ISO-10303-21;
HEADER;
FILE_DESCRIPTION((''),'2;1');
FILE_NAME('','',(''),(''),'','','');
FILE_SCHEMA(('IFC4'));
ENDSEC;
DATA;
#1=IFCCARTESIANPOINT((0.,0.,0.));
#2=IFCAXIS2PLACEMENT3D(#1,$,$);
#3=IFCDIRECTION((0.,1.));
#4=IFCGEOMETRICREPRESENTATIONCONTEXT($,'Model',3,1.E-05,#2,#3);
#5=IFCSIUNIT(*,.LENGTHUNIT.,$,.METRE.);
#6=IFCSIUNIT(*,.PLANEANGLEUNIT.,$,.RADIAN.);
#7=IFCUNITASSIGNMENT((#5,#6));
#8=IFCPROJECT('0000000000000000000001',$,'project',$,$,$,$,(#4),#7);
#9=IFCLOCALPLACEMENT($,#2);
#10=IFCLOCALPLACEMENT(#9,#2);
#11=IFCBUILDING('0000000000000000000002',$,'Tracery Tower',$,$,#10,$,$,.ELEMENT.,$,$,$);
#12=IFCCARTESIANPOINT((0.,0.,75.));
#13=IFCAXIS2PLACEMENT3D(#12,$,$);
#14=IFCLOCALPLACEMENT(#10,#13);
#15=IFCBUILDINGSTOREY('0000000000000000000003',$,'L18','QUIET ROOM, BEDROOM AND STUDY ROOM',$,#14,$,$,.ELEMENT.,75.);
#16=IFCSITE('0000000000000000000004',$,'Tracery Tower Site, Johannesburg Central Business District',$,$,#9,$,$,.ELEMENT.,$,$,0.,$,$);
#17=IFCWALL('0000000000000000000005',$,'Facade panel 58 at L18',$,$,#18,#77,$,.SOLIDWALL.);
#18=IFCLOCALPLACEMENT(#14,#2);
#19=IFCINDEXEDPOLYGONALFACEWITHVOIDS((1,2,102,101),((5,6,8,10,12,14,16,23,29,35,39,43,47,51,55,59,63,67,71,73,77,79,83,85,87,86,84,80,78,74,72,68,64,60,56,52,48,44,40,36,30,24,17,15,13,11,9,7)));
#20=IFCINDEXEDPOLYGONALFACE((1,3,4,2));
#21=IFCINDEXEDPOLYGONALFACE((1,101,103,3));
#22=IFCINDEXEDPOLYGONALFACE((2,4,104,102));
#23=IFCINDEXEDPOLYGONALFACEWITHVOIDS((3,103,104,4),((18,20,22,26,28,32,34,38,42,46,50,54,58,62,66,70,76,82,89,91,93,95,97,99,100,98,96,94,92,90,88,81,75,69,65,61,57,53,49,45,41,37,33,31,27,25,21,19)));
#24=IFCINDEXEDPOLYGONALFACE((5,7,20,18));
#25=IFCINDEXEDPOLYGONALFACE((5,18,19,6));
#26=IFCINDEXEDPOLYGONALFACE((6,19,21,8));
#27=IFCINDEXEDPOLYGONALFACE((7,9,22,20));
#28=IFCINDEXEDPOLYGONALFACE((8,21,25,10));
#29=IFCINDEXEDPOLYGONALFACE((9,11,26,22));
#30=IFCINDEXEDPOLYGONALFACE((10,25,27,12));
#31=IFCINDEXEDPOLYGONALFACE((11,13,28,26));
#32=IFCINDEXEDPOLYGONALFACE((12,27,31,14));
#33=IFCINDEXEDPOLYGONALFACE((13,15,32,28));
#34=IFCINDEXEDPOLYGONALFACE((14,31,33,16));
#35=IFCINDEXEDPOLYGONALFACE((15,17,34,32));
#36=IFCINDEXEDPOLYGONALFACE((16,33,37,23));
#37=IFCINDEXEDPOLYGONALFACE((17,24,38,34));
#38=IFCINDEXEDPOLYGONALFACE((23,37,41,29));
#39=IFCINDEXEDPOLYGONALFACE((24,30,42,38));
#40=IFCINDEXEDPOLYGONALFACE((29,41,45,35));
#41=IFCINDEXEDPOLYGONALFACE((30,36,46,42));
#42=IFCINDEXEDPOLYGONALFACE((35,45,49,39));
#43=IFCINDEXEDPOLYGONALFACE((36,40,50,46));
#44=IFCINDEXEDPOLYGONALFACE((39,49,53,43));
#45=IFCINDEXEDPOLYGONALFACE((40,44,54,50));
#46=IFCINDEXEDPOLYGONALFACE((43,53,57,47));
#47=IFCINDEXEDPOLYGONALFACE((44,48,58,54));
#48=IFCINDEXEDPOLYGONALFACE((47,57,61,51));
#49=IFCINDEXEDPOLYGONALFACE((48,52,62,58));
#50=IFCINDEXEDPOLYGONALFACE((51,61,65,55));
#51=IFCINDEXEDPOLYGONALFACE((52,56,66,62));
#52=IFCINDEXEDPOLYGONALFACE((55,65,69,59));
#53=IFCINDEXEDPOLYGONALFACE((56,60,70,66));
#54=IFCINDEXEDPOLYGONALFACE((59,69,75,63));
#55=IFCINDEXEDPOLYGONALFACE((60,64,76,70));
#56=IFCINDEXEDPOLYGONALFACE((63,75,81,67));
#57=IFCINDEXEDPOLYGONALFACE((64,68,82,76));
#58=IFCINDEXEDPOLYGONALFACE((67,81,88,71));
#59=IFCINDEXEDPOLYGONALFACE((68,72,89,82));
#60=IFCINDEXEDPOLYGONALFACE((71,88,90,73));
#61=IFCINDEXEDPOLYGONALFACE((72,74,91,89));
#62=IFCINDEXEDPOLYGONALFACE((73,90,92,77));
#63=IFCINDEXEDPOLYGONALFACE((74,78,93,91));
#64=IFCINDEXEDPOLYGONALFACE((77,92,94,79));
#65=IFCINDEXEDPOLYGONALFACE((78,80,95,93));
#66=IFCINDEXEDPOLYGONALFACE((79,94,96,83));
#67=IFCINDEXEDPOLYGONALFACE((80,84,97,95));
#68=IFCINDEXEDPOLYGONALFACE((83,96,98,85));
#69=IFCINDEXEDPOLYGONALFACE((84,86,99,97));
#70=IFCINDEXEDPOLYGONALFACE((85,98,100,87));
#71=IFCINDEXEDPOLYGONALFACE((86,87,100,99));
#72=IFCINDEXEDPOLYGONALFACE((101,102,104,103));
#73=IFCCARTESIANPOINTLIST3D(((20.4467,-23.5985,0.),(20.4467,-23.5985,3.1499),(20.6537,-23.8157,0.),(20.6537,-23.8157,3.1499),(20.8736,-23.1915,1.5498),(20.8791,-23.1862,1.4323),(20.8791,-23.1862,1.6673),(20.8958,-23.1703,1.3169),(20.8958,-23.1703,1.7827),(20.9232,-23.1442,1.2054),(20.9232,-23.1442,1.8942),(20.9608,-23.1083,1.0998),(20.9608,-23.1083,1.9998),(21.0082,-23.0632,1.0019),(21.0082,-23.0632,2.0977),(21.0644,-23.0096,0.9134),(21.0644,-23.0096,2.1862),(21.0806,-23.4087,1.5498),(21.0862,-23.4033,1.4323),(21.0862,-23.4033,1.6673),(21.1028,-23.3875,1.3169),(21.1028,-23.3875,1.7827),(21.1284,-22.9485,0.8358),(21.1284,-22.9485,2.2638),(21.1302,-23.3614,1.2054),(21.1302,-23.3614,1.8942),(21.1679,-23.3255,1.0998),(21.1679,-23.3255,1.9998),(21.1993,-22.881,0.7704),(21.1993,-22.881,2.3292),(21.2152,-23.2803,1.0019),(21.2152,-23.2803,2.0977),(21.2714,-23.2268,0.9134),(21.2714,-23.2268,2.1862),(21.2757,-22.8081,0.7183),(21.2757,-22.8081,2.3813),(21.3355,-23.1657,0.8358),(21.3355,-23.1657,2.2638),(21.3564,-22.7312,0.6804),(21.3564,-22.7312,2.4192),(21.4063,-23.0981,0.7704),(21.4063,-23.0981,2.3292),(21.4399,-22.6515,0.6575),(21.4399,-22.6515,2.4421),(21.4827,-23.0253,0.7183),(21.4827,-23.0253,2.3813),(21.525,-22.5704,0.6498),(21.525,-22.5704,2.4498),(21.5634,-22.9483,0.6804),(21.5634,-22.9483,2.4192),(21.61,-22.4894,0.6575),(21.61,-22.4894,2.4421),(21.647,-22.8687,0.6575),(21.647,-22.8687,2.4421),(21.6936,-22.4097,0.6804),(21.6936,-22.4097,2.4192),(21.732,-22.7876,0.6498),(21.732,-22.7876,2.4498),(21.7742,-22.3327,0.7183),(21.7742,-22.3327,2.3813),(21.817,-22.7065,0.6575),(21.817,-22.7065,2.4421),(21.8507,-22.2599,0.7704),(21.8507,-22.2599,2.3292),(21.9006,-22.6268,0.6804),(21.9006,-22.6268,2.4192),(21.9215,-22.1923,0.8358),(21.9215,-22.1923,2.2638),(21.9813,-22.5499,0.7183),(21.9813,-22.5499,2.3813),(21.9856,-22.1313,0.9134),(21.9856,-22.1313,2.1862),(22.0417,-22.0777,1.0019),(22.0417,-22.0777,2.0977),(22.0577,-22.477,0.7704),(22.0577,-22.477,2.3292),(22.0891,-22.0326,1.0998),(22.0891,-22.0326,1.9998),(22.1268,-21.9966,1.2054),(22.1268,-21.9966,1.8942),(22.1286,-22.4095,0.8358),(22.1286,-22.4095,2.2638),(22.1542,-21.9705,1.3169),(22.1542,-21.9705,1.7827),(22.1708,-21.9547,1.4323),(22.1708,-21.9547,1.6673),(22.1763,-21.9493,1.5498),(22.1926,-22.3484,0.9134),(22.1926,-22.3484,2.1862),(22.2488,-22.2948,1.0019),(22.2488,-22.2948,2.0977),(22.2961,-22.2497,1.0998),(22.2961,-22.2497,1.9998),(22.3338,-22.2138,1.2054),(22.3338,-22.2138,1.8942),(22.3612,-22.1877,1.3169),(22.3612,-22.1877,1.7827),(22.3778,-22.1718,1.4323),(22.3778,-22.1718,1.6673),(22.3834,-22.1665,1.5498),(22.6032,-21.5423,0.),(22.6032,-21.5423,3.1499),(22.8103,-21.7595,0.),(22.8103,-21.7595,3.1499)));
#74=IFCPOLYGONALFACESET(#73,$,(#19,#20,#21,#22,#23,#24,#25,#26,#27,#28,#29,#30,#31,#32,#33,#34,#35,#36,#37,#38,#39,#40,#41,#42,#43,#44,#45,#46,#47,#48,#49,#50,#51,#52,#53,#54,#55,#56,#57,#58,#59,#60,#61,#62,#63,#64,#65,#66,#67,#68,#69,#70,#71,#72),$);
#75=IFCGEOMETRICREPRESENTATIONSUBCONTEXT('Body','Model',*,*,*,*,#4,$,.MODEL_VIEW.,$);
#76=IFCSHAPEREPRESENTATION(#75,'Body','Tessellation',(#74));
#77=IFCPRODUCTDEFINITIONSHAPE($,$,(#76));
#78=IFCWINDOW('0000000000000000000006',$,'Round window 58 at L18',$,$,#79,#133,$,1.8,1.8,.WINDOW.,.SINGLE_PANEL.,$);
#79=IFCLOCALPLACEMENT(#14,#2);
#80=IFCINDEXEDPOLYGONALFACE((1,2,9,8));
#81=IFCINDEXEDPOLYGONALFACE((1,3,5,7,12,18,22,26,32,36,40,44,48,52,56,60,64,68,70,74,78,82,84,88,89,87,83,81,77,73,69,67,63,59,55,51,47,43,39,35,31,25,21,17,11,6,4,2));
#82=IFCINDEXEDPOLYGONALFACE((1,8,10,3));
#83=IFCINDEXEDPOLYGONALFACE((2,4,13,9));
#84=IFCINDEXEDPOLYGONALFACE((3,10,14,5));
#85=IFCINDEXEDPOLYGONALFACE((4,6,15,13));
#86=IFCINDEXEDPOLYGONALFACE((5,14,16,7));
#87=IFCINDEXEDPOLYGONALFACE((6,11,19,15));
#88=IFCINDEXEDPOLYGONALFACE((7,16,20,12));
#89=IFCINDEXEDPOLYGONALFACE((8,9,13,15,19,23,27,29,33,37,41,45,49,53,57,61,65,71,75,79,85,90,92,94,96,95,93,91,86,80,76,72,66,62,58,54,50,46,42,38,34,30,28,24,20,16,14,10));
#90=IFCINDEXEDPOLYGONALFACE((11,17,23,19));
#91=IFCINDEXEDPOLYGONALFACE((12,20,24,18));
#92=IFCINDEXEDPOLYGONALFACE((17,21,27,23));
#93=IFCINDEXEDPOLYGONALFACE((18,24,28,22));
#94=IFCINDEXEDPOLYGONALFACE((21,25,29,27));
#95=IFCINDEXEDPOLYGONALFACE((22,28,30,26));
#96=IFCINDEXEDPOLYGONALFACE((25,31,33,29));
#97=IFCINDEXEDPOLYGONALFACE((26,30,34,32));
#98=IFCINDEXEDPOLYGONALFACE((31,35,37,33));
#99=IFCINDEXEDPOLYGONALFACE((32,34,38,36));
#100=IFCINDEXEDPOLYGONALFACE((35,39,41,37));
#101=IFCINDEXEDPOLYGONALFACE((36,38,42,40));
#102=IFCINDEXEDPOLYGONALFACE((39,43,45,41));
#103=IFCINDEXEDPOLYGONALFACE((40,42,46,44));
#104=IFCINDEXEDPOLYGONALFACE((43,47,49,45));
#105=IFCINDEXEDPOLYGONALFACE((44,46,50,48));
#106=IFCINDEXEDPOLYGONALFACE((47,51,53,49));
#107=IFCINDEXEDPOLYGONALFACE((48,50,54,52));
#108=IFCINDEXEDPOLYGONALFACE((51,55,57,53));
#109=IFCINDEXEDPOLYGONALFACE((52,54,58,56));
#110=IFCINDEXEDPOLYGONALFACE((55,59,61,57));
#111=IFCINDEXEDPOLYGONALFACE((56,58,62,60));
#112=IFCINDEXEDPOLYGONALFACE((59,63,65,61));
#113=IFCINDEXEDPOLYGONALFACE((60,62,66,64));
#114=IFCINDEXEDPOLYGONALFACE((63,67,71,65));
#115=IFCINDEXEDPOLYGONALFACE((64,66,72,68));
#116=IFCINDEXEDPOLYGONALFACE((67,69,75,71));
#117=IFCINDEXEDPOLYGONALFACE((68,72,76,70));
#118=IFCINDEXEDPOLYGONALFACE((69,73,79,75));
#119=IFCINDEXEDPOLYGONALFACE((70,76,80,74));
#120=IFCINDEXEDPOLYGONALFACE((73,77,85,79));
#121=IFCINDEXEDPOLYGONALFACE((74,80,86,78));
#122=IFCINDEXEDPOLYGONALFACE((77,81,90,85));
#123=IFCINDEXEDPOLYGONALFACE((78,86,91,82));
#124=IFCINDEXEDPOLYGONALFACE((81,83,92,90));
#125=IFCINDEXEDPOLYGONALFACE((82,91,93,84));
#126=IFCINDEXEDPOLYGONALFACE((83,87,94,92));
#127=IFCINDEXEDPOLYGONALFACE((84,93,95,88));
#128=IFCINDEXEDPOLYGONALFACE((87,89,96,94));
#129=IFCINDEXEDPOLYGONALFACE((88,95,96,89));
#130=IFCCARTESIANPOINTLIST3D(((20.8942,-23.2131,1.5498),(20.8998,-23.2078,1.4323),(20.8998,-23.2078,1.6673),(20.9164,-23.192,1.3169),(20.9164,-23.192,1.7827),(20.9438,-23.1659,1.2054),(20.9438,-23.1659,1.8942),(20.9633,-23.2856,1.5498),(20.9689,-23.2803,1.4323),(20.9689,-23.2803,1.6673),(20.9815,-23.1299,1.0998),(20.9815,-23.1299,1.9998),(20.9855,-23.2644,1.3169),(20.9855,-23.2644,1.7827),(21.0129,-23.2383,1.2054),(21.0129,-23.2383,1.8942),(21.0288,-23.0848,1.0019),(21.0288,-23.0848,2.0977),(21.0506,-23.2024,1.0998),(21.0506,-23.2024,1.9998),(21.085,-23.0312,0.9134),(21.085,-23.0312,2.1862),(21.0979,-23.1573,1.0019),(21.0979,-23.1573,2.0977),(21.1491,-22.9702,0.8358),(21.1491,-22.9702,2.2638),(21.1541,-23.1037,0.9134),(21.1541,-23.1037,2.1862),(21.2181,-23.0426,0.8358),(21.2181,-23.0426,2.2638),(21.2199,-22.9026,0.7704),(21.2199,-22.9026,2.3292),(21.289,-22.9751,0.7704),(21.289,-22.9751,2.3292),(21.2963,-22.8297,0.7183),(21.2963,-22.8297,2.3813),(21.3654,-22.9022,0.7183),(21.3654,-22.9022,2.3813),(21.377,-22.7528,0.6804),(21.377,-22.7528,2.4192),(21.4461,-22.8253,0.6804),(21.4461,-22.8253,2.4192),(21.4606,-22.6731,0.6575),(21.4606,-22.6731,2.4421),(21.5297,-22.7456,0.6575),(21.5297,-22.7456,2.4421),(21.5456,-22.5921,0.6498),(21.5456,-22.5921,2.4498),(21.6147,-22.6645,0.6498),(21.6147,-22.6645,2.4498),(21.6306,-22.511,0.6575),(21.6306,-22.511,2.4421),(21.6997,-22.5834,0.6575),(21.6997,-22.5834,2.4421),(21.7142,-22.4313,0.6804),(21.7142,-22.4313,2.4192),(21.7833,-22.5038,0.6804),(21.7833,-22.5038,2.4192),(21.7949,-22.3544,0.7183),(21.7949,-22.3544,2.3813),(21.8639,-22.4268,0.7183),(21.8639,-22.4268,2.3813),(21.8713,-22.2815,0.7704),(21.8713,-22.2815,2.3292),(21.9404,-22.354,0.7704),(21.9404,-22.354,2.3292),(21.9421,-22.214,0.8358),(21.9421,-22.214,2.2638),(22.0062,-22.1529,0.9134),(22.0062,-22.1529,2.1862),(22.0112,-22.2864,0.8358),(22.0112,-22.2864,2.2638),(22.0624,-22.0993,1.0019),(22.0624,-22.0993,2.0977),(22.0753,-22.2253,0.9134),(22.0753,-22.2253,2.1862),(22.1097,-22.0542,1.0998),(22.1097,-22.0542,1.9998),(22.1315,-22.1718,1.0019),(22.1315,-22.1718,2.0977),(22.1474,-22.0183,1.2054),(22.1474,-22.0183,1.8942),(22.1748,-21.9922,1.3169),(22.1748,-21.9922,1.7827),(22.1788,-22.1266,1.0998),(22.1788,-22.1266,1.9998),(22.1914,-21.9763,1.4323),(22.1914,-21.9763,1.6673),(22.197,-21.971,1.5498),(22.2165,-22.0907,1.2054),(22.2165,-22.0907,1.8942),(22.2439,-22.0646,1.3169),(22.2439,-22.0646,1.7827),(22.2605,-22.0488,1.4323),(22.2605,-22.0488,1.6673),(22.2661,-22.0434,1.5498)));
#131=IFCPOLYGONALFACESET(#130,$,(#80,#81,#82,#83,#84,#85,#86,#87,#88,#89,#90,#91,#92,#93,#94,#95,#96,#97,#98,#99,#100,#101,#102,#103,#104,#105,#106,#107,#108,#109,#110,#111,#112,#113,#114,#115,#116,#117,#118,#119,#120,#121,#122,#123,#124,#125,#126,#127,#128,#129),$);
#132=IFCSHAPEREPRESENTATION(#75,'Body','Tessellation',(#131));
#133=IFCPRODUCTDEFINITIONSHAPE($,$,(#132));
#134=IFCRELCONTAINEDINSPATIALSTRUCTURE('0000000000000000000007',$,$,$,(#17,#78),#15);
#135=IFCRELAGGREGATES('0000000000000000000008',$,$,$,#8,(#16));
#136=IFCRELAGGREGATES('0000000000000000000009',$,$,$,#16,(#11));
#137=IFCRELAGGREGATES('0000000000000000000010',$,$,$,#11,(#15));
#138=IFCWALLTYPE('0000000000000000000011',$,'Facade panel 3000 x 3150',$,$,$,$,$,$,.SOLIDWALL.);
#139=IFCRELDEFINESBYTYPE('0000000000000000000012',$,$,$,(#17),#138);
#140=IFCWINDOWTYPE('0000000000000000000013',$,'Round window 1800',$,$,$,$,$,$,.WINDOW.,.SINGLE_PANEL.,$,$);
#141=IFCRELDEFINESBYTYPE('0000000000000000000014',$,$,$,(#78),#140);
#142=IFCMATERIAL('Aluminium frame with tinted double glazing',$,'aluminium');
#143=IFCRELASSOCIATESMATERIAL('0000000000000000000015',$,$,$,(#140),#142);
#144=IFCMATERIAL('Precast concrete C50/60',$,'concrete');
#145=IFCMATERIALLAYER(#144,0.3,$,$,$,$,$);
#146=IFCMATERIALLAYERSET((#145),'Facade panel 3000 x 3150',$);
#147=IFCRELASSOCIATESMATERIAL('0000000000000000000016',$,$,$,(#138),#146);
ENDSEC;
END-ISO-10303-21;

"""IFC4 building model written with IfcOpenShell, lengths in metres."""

from ifc_helpers import new_model, si_unit, direction, frame, frame_2d, origin, origin_2d, place, context, subcontext, project, spatial, rectangle, circle, extrude, material, layer, layer_set, type_object, element, fill, save


model = new_model("IFC4")

# Units and contexts
model_context = context("Model", 3, precision=1e-05, world=origin(), true_north=direction((0.0, 1.0)))
body_context = subcontext(model_context, "Body", "Model", "MODEL_VIEW")
ifc_project = project(units=[si_unit("LENGTHUNIT", "METRE"), si_unit("PLANEANGLEUNIT", "RADIAN")], contexts=[model_context])

# Site, building, storey
site_placement = place(None, origin())
site = spatial("IfcSite", under=ifc_project, at=site_placement, Name="Tracery Tower Site, Johannesburg Central Business District", CompositionType="ELEMENT", RefElevation=0.0)
building_placement = place(site_placement, origin())
building = spatial("IfcBuilding", under=site, at=building_placement, Name="Tracery Tower", CompositionType="ELEMENT")
storey_placement = place(building_placement, frame((0.0, 0.0, 75.0)))
storey = spatial("IfcBuildingStorey", under=building, at=storey_placement, Name="L18", Description="QUIET ROOM, BEDROOM AND STUDY ROOM", CompositionType="ELEMENT", Elevation=75.0)

# Wall, opening, window
ifc_material_1 = material(Name="Aluminium frame with tinted double glazing", Category="aluminium")
window_type = type_object("IfcWindowType", Name="Round window 1800", PartitioningType="SINGLE_PANEL", PredefinedType="WINDOW", material=ifc_material_1)
ifc_material_2 = material(Name="Precast concrete C50/60", Category="concrete")
ifc_layer_1 = layer(ifc_material_2, 0.3)
ifc_layer_set_1 = layer_set([ifc_layer_1], Name="Facade panel 3000 x 3150")
wall_type_1 = type_object("IfcWallType", Name="Facade panel 3000 x 3150", PredefinedType="SOLIDWALL", material=ifc_layer_set_1)
wall_1_placement = place(storey_placement, frame((20.5503, -23.707, 0.0), z_axis=(0.0, 0.0, 1.0), x_axis=(0.723744, 0.690068, 0.0)))
wall_1 = element("IfcWall", 1, at=wall_1_placement, inside=storey, type_object=wall_type_1, Name="Facade panel 58 at L18", PredefinedType="SOLIDWALL", context=body_context, shape_type="SweptSolid", body=[
    extrude(rectangle(XDim=2.9797, YDim=0.3, at=frame_2d((1.4897, 0.0))), origin(), (0.0, 0.0, 1.0), 3.1499),
])
opening_1_placement = place(wall_1_placement, frame((1.4897, 0.0, 1.5498)))
opening_1 = element("IfcOpeningElement", 2, at=opening_1_placement, cuts=wall_1, PredefinedType="OPENING", context=body_context, shape_type="SweptSolid", body=[
    extrude(circle(Radius=0.9, at=origin_2d()), frame((0.0, 0.1599, 0.0), z_axis=(0.0, -1.0, 0.0), x_axis=(1.0, 0.0, 0.0)), (0.0, 0.0, 1.0), 0.3201),
])
window_1_placement = place(opening_1_placement, origin())
window_1 = element("IfcWindow", 3, at=window_1_placement, inside=storey, type_object=window_type, Name="Round window 58 at L18", OverallHeight=1.8, OverallWidth=1.8, PartitioningType="SINGLE_PANEL", PredefinedType="WINDOW", context=body_context, shape_type="SweptSolid", body=[
    extrude(circle(Radius=0.9, at=origin_2d()), frame((0.0, 0.1201, 0.0), z_axis=(0.0, -1.0, 0.0), x_axis=(1.0, 0.0, 0.0)), (0.0, 0.0, 1.0), 0.1001),
])
fill(opening_1, window_1)

save(model, "model.ifc")
